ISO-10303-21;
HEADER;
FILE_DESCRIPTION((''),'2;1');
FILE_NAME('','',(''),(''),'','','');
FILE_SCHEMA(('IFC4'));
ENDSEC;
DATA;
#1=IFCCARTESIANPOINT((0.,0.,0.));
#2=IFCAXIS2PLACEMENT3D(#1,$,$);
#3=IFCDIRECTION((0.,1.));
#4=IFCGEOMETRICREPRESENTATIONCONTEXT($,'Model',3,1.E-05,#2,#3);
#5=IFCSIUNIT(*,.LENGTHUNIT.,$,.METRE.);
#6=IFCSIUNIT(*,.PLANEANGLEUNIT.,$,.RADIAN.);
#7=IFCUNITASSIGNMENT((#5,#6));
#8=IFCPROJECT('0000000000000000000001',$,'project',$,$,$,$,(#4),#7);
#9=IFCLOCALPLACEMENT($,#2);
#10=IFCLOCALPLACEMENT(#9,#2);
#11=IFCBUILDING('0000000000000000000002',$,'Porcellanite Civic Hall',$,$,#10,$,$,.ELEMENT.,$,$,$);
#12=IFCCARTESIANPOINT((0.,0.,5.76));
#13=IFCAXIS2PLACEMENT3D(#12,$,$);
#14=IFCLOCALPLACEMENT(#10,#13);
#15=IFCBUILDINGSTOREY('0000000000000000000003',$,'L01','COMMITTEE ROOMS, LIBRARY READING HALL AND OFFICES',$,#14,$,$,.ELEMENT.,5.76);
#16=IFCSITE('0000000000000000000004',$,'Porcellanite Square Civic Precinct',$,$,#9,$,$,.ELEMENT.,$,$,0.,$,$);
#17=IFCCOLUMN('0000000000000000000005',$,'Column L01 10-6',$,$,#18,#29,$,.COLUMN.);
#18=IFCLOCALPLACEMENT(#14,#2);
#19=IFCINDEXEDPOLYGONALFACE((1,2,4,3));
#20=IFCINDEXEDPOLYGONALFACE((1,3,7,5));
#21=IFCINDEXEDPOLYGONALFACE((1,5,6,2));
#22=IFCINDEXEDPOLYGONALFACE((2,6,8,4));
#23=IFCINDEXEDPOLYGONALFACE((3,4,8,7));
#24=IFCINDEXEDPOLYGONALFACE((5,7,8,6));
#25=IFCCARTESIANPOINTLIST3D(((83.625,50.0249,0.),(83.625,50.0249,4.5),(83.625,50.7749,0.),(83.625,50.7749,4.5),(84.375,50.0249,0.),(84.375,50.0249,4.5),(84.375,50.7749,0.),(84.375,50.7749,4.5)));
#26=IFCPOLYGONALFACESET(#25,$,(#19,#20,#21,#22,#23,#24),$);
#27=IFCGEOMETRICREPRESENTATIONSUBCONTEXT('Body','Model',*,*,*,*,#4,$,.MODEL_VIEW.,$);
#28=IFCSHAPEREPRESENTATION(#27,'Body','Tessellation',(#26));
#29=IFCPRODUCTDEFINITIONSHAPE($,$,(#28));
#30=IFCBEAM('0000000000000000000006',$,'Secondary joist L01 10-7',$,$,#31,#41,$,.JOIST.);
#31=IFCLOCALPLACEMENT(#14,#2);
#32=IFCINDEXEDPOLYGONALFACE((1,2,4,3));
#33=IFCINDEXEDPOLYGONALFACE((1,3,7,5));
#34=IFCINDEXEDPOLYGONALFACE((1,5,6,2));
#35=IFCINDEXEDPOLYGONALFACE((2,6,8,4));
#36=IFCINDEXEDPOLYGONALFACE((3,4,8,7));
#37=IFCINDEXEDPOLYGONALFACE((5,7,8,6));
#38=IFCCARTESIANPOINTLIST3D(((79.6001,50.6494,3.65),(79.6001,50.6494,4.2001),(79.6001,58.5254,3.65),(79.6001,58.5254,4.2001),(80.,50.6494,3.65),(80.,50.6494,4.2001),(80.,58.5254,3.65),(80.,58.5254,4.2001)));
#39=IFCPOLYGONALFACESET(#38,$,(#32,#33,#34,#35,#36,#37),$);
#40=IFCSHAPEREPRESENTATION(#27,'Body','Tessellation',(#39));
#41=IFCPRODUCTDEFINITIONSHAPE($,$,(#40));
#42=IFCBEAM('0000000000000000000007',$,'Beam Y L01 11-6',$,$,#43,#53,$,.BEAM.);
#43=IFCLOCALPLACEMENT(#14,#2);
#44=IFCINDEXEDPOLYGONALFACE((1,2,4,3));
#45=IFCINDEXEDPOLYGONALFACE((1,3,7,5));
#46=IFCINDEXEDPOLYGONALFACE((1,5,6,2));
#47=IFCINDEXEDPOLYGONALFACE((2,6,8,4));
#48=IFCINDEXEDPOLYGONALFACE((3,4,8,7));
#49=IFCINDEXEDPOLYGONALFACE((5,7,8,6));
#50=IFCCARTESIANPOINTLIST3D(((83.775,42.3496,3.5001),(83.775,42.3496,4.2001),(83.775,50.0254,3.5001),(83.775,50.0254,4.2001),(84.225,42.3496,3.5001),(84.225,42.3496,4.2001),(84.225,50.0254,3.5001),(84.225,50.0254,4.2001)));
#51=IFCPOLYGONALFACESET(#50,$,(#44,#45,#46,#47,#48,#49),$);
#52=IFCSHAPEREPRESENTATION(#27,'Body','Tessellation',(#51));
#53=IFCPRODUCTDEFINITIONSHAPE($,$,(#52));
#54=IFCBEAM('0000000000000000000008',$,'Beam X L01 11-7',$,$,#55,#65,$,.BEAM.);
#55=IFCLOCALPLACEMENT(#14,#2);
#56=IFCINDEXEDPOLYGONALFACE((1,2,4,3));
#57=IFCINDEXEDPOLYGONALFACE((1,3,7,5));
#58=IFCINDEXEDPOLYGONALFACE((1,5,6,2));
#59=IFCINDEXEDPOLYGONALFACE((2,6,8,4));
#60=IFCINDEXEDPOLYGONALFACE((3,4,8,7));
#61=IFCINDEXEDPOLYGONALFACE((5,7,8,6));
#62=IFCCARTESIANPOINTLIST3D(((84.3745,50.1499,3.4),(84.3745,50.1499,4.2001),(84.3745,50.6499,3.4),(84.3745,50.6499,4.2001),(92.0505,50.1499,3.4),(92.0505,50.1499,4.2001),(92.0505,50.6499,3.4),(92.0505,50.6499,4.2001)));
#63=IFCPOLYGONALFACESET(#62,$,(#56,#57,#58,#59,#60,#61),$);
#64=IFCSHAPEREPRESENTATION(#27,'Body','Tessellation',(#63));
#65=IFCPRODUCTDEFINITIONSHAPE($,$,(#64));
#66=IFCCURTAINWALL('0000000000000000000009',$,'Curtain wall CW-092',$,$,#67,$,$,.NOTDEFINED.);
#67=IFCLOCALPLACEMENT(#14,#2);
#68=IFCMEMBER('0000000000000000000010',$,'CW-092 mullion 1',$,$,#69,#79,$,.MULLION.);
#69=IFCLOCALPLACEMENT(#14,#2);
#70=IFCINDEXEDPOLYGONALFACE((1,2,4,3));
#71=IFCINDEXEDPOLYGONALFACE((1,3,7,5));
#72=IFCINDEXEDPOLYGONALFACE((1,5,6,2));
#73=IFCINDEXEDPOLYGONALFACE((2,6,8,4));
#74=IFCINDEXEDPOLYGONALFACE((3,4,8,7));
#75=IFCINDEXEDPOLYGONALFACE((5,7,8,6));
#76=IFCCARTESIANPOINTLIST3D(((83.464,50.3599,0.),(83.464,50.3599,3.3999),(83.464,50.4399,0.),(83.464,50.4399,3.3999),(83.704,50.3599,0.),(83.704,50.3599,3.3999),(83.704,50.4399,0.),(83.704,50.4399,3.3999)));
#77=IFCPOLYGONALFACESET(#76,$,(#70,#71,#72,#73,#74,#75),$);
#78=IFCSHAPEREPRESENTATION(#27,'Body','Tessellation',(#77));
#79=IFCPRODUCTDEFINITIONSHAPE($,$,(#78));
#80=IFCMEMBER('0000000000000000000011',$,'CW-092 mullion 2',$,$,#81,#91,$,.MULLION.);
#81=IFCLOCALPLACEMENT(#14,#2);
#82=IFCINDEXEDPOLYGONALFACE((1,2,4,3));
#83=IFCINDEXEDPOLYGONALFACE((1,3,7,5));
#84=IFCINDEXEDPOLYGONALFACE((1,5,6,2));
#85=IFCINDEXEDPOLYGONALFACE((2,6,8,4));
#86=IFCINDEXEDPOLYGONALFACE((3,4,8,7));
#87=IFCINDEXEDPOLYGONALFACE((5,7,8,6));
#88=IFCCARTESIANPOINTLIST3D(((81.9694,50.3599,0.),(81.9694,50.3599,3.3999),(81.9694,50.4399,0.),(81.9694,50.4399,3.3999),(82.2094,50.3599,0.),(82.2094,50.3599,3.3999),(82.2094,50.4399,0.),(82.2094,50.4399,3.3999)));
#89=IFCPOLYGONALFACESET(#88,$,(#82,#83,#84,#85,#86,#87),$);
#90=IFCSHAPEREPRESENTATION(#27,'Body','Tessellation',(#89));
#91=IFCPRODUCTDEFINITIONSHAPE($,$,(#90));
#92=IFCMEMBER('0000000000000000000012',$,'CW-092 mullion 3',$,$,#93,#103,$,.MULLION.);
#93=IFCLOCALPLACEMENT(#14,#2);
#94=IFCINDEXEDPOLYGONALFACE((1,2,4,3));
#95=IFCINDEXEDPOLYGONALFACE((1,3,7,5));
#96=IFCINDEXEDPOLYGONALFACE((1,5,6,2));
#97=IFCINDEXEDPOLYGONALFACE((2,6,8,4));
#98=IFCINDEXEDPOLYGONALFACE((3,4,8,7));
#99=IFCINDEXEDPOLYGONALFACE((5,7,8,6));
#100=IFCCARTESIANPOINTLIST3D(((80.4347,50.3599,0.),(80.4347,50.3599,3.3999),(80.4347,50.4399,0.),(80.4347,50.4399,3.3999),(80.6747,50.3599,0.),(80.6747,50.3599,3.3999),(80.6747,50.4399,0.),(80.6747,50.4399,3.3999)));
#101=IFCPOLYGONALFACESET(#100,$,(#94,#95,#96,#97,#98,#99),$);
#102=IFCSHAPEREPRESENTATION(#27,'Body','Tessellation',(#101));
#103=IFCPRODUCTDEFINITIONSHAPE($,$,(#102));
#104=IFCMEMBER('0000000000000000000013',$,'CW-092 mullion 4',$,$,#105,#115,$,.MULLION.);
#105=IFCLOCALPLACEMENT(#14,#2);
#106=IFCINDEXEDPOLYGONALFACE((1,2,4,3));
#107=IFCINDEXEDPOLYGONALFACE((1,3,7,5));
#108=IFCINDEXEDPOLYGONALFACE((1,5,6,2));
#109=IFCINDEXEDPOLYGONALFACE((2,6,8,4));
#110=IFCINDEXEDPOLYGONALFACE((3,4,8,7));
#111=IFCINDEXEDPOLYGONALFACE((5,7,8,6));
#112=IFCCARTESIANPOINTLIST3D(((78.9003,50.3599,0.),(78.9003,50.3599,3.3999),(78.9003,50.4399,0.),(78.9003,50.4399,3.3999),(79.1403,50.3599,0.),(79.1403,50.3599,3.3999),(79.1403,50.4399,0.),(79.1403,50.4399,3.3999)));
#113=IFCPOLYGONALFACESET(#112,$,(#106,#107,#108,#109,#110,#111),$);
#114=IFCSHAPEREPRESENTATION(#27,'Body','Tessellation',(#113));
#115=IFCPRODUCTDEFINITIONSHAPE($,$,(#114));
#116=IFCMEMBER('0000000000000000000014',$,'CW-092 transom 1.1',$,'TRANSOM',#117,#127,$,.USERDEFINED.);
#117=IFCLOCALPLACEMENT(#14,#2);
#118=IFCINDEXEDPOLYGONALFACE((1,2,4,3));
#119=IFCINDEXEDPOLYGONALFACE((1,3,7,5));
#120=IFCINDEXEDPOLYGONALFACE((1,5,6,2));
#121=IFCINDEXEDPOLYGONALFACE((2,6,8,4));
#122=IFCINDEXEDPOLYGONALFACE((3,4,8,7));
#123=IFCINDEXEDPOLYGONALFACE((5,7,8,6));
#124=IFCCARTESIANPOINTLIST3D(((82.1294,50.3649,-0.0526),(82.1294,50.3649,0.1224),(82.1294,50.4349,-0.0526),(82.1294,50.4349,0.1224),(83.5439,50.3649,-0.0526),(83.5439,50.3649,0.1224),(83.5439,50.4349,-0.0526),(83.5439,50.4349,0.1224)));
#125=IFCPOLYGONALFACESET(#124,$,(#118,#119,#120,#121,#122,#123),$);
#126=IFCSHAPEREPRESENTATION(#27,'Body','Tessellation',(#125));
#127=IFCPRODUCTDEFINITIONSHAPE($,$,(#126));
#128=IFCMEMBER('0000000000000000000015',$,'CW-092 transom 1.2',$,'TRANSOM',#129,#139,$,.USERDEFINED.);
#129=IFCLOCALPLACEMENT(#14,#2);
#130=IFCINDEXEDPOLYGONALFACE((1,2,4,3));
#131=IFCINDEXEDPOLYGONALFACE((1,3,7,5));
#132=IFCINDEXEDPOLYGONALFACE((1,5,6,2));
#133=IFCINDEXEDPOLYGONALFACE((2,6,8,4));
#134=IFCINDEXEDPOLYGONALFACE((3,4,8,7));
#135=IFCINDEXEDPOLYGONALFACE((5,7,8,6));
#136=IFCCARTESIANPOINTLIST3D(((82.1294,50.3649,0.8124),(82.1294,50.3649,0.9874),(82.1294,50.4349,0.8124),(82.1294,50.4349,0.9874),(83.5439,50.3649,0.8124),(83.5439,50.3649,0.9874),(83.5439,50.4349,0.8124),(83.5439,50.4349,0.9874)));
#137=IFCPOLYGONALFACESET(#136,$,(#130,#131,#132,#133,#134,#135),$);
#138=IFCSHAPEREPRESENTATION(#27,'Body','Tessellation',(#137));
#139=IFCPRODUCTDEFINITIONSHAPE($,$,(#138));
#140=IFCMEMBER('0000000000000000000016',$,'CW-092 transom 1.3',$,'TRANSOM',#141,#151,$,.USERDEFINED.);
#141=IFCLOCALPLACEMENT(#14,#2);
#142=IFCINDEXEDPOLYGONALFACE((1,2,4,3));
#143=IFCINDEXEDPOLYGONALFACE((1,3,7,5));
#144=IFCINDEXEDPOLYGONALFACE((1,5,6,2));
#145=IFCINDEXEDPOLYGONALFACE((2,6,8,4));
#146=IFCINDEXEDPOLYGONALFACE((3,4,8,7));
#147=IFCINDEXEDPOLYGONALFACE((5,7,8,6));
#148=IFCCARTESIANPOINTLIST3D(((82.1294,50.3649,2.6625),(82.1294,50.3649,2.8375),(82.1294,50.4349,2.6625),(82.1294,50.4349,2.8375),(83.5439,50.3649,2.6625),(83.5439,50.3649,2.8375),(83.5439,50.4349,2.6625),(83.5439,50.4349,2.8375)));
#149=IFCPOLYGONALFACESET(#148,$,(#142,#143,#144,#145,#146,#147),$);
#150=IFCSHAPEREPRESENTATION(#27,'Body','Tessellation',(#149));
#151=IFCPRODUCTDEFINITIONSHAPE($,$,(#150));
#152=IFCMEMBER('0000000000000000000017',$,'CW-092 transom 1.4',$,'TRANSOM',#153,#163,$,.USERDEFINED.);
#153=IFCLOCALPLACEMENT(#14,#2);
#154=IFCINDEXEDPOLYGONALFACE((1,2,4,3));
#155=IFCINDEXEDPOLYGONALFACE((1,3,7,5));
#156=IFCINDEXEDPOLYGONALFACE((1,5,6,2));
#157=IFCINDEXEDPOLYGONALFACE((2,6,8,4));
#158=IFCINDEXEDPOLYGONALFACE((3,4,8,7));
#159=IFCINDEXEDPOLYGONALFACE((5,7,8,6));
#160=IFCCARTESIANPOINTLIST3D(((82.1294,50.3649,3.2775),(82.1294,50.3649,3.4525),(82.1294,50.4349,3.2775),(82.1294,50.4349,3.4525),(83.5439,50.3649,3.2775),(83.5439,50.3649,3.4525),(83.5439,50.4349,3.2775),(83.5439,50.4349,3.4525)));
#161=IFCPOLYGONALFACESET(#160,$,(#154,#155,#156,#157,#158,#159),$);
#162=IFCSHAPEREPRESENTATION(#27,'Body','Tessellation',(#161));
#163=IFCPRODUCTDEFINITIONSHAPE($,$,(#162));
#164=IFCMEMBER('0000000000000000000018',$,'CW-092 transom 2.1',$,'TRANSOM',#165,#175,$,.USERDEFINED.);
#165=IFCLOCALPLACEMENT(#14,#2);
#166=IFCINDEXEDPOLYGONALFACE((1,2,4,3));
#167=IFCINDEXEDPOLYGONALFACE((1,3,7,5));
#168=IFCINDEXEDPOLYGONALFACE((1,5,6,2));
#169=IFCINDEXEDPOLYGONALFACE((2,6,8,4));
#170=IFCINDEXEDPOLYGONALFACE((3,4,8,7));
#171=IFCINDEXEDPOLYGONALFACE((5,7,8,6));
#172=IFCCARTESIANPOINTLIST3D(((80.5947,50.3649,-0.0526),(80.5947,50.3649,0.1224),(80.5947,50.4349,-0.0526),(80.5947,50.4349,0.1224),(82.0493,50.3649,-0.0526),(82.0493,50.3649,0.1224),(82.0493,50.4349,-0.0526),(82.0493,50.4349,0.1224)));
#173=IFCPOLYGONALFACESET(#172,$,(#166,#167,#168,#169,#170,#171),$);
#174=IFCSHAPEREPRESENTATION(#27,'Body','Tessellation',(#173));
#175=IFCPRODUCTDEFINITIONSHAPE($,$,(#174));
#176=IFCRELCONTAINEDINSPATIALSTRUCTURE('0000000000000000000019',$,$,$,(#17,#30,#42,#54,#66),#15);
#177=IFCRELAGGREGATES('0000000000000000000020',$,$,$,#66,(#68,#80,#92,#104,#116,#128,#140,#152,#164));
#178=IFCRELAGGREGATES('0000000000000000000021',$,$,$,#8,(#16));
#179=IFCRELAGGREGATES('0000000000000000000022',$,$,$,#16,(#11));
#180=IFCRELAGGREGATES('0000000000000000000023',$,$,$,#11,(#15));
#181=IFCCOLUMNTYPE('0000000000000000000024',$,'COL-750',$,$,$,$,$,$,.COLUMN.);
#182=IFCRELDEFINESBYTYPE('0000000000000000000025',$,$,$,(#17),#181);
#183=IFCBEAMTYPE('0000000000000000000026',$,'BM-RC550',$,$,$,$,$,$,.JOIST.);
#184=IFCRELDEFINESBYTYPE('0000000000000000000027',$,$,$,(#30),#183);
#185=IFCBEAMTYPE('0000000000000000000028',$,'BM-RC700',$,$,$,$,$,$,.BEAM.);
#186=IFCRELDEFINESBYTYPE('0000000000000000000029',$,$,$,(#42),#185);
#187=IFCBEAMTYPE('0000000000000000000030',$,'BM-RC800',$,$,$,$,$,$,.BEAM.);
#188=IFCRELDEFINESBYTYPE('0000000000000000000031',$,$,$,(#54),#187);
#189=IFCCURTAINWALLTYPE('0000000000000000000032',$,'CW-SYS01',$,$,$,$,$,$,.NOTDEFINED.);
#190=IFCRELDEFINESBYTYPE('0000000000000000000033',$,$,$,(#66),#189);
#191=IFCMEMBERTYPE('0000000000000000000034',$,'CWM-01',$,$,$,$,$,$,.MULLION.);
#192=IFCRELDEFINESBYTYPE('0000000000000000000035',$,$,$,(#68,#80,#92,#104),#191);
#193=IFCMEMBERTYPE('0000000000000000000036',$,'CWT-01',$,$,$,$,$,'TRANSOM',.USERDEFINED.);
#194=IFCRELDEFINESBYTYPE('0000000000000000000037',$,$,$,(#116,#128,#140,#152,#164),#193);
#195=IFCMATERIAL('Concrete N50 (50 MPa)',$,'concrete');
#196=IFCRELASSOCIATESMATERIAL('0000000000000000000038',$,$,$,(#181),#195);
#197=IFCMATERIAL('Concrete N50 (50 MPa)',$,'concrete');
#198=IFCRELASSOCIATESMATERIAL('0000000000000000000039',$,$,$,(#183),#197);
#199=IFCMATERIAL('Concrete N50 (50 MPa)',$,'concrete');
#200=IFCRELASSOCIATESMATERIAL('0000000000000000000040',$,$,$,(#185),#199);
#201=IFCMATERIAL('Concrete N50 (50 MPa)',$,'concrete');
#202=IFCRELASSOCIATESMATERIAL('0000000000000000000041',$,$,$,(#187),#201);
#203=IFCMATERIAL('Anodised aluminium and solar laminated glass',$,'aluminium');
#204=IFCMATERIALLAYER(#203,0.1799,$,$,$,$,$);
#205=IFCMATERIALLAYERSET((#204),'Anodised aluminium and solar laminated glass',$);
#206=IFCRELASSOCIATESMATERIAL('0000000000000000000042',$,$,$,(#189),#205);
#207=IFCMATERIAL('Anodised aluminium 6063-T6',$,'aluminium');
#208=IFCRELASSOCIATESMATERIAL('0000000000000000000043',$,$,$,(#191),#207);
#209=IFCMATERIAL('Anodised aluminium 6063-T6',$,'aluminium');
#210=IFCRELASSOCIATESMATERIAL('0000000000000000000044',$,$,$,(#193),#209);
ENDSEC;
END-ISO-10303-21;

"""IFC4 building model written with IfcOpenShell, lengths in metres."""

from ifc_helpers import new_model, si_unit, direction, frame, origin, origin_2d, place, context, subcontext, project, spatial, rectangle, extrude, material, layer, layer_set, material_profile, profile_set, type_object, element, aggregate, save


model = new_model("IFC4")

# Units and contexts
model_context = context("Model", 3, precision=1e-05, world=origin(), true_north=direction((0.0, 1.0)))
body_context = subcontext(model_context, "Body", "Model", "MODEL_VIEW")
ifc_project = project(units=[si_unit("LENGTHUNIT", "METRE"), si_unit("PLANEANGLEUNIT", "RADIAN")], contexts=[model_context])

# Site, building, storey
site_placement = place(None, origin())
site = spatial("IfcSite", under=ifc_project, at=site_placement, Name="Porcellanite Square Civic Precinct", CompositionType="ELEMENT", RefElevation=0.0)
building_placement = place(site_placement, origin())
building = spatial("IfcBuilding", under=site, at=building_placement, Name="Porcellanite Civic Hall", CompositionType="ELEMENT")
storey_placement = place(building_placement, frame((0.0, 0.0, 5.76)))
storey = spatial("IfcBuildingStorey", under=building, at=storey_placement, Name="L01", Description="COMMITTEE ROOMS, LIBRARY READING HALL AND OFFICES", CompositionType="ELEMENT", Elevation=5.76)

# Column
ifc_material_1 = material(Name="Concrete N50 (50 MPa)", Category="concrete")
ifc_material_profile_1 = material_profile(ifc_material_1, rectangle(XDim=0.75, YDim=0.75, at=origin_2d()), Name="RC-750x750")
ifc_profile_set_1 = profile_set([ifc_material_profile_1], Name="Concrete N50 (50 MPa)")
column_type = type_object("IfcColumnType", Name="COL-750", PredefinedType="COLUMN", material=ifc_profile_set_1)
column_placement = place(storey_placement, frame((84.0, 50.3999, 0.0), z_axis=(0.0, 0.0, 1.0), x_axis=(1.0, 0.0, 0.0)))
element("IfcColumn", 1, at=column_placement, inside=storey, type_object=column_type, Name="Column L01 10-6", PredefinedType="COLUMN", context=body_context, shape_type="SweptSolid", body=[
    extrude(rectangle(XDim=0.75, YDim=0.75, at=origin_2d()), origin(), (0.0, 0.0, 1.0), 4.5),
])

# Beams
ifc_material_2 = material(Name="Concrete N50 (50 MPa)", Category="concrete")
ifc_material_profile_2 = material_profile(ifc_material_2, rectangle(XDim=0.3999, YDim=0.55, at=origin_2d()), Name="RC-400x550")
ifc_profile_set_2 = profile_set([ifc_material_profile_2], Name="Concrete N50 (50 MPa)")
beam_type_1 = type_object("IfcBeamType", Name="BM-RC550", PredefinedType="JOIST", material=ifc_profile_set_2)
beam_1_placement = place(storey_placement, frame((79.8, 50.6494, 3.925), z_axis=(0.0, 1.0, 0.0), x_axis=(-1.0, 0.0, 0.0)))
element("IfcBeam", 2, at=beam_1_placement, inside=storey, type_object=beam_type_1, Name="Secondary joist L01 10-7", PredefinedType="JOIST", context=body_context, shape_type="SweptSolid", body=[
    extrude(rectangle(XDim=0.3999, YDim=0.55, at=origin_2d()), origin(), (0.0, 0.0, 1.0), 7.876),
])
ifc_material_3 = material(Name="Concrete N50 (50 MPa)", Category="concrete")
ifc_material_profile_3 = material_profile(ifc_material_3, rectangle(XDim=0.45, YDim=0.7, at=origin_2d()), Name="RC-450x700")
ifc_profile_set_3 = profile_set([ifc_material_profile_3], Name="Concrete N50 (50 MPa)")
beam_type_2 = type_object("IfcBeamType", Name="BM-RC700", PredefinedType="BEAM", material=ifc_profile_set_3)
beam_2_placement = place(storey_placement, frame((84.0, 42.3496, 3.8501), z_axis=(0.0, 1.0, 0.0), x_axis=(-1.0, 0.0, 0.0)))
element("IfcBeam", 3, at=beam_2_placement, inside=storey, type_object=beam_type_2, Name="Beam Y L01 11-6", PredefinedType="BEAM", context=body_context, shape_type="SweptSolid", body=[
    extrude(rectangle(XDim=0.45, YDim=0.7, at=origin_2d()), origin(), (0.0, 0.0, 1.0), 7.6758),
])
ifc_material_4 = material(Name="Concrete N50 (50 MPa)", Category="concrete")
ifc_material_profile_4 = material_profile(ifc_material_4, rectangle(XDim=0.5, YDim=0.8, at=origin_2d()), Name="RC-500x800")
ifc_profile_set_4 = profile_set([ifc_material_profile_4], Name="Concrete N50 (50 MPa)")
beam_type_3 = type_object("IfcBeamType", Name="BM-RC800", PredefinedType="BEAM", material=ifc_profile_set_4)
beam_3_placement = place(storey_placement, frame((84.3745, 50.3999, 3.8), z_axis=(1.0, 0.0, 0.0), x_axis=(0.0, 1.0, 0.0)))
element("IfcBeam", 4, at=beam_3_placement, inside=storey, type_object=beam_type_3, Name="Beam X L01 11-7", PredefinedType="BEAM", context=body_context, shape_type="SweptSolid", body=[
    extrude(rectangle(XDim=0.5, YDim=0.8, at=origin_2d()), origin(), (0.0, 0.0, 1.0), 7.676),
])

# Curtain wall, members
ifc_material_5 = material(Name="Anodised aluminium and solar laminated glass", Category="aluminium")
ifc_layer_1 = layer(ifc_material_5, 0.1799)
ifc_layer_set_1 = layer_set([ifc_layer_1], Name="Anodised aluminium and solar laminated glass")
curtain_wall_type = type_object("IfcCurtainWallType", Name="CW-SYS01", PredefinedType="NOTDEFINED", material=ifc_layer_set_1)
curtain_wall_placement = place(storey_placement, origin())
curtain_wall = element("IfcCurtainWall", 5, at=curtain_wall_placement, inside=storey, type_object=curtain_wall_type, Name="Curtain wall CW-092", PredefinedType="NOTDEFINED")
ifc_material_6 = material(Name="Anodised aluminium 6063-T6", Category="aluminium")
ifc_material_profile_5 = material_profile(ifc_material_6, rectangle(XDim=0.0801, YDim=0.24, at=origin_2d()), Name="AL-80x240")
ifc_profile_set_5 = profile_set([ifc_material_profile_5], Name="Anodised aluminium 6063-T6")
member_type_1 = type_object("IfcMemberType", Name="CWM-01", PredefinedType="MULLION", material=ifc_profile_set_5)
member_1_placement = place(storey_placement, frame((83.584, 50.3999, 0.0), z_axis=(0.0, 0.0, 1.0), x_axis=(0.0, -1.0, 0.0)))
member_1 = element("IfcMember", 6, at=member_1_placement, type_object=member_type_1, Name="CW-092 mullion 1", PredefinedType="MULLION", context=body_context, shape_type="SweptSolid", body=[
    extrude(rectangle(XDim=0.0801, YDim=0.24, at=origin_2d()), origin(), (0.0, 0.0, 1.0), 3.3999),
])
member_2_placement = place(storey_placement, frame((82.0894, 50.3999, 0.0), z_axis=(0.0, 0.0, 1.0), x_axis=(0.0, -1.0, 0.0)))
member_2 = element("IfcMember", 7, at=member_2_placement, type_object=member_type_1, Name="CW-092 mullion 2", PredefinedType="MULLION", context=body_context, shape_type="SweptSolid", body=[
    extrude(rectangle(XDim=0.0801, YDim=0.24, at=origin_2d()), origin(), (0.0, 0.0, 1.0), 3.3999),
])
member_3_placement = place(storey_placement, frame((80.5547, 50.3999, 0.0), z_axis=(0.0, 0.0, 1.0), x_axis=(0.0, -1.0, 0.0)))
member_3 = element("IfcMember", 8, at=member_3_placement, type_object=member_type_1, Name="CW-092 mullion 3", PredefinedType="MULLION", context=body_context, shape_type="SweptSolid", body=[
    extrude(rectangle(XDim=0.0801, YDim=0.24, at=origin_2d()), origin(), (0.0, 0.0, 1.0), 3.3999),
])
member_4_placement = place(storey_placement, frame((79.0203, 50.3999, 0.0), z_axis=(0.0, 0.0, 1.0), x_axis=(0.0, -1.0, 0.0)))
member_4 = element("IfcMember", 9, at=member_4_placement, type_object=member_type_1, Name="CW-092 mullion 4", PredefinedType="MULLION", context=body_context, shape_type="SweptSolid", body=[
    extrude(rectangle(XDim=0.0801, YDim=0.24, at=origin_2d()), origin(), (0.0, 0.0, 1.0), 3.3999),
])
ifc_material_7 = material(Name="Anodised aluminium 6063-T6", Category="aluminium")
ifc_material_profile_6 = material_profile(ifc_material_7, rectangle(XDim=0.0701, YDim=0.175, at=origin_2d()), Name="AL-70x175")
ifc_profile_set_6 = profile_set([ifc_material_profile_6], Name="Anodised aluminium 6063-T6")
member_type_2 = type_object("IfcMemberType", Name="CWT-01", ElementType="TRANSOM", PredefinedType="USERDEFINED", material=ifc_profile_set_6)
member_5_placement = place(storey_placement, frame((83.5439, 50.3999, 0.0349), z_axis=(-1.0, 0.0, 0.0), x_axis=(0.0, -1.0, 0.0)))
member_5 = element("IfcMember", 10, at=member_5_placement, type_object=member_type_2, Name="CW-092 transom 1.1", ObjectType="TRANSOM", PredefinedType="USERDEFINED", context=body_context, shape_type="SweptSolid", body=[
    extrude(rectangle(XDim=0.0701, YDim=0.175, at=origin_2d()), origin(), (0.0, 0.0, 1.0), 1.4146),
])
member_6_placement = place(storey_placement, frame((83.5439, 50.3999, 0.8999), z_axis=(-1.0, 0.0, 0.0), x_axis=(0.0, -1.0, 0.0)))
member_6 = element("IfcMember", 11, at=member_6_placement, type_object=member_type_2, Name="CW-092 transom 1.2", ObjectType="TRANSOM", PredefinedType="USERDEFINED", context=body_context, shape_type="SweptSolid", body=[
    extrude(rectangle(XDim=0.0701, YDim=0.175, at=origin_2d()), origin(), (0.0, 0.0, 1.0), 1.4146),
])
member_7_placement = place(storey_placement, frame((83.5439, 50.3999, 2.75), z_axis=(-1.0, 0.0, 0.0), x_axis=(0.0, -1.0, 0.0)))
member_7 = element("IfcMember", 12, at=member_7_placement, type_object=member_type_2, Name="CW-092 transom 1.3", ObjectType="TRANSOM", PredefinedType="USERDEFINED", context=body_context, shape_type="SweptSolid", body=[
    extrude(rectangle(XDim=0.0701, YDim=0.175, at=origin_2d()), origin(), (0.0, 0.0, 1.0), 1.4146),
])
member_8_placement = place(storey_placement, frame((83.5439, 50.3999, 3.365), z_axis=(-1.0, 0.0, 0.0), x_axis=(0.0, -1.0, 0.0)))
member_8 = element("IfcMember", 13, at=member_8_placement, type_object=member_type_2, Name="CW-092 transom 1.4", ObjectType="TRANSOM", PredefinedType="USERDEFINED", context=body_context, shape_type="SweptSolid", body=[
    extrude(rectangle(XDim=0.0701, YDim=0.175, at=origin_2d()), origin(), (0.0, 0.0, 1.0), 1.4146),
])
member_9_placement = place(storey_placement, frame((82.0493, 50.3999, 0.0349), z_axis=(-1.0, 0.0, 0.0), x_axis=(0.0, -1.0, 0.0)))
member_9 = element("IfcMember", 14, at=member_9_placement, type_object=member_type_2, Name="CW-092 transom 2.1", ObjectType="TRANSOM", PredefinedType="USERDEFINED", context=body_context, shape_type="SweptSolid", body=[
    extrude(rectangle(XDim=0.0701, YDim=0.175, at=origin_2d()), origin(), (0.0, 0.0, 1.0), 1.4546),
])

aggregate(curtain_wall, [member_1, member_2, member_3, member_4, member_5, member_6, member_7, member_8, member_9])

save(model, "model.ifc")
